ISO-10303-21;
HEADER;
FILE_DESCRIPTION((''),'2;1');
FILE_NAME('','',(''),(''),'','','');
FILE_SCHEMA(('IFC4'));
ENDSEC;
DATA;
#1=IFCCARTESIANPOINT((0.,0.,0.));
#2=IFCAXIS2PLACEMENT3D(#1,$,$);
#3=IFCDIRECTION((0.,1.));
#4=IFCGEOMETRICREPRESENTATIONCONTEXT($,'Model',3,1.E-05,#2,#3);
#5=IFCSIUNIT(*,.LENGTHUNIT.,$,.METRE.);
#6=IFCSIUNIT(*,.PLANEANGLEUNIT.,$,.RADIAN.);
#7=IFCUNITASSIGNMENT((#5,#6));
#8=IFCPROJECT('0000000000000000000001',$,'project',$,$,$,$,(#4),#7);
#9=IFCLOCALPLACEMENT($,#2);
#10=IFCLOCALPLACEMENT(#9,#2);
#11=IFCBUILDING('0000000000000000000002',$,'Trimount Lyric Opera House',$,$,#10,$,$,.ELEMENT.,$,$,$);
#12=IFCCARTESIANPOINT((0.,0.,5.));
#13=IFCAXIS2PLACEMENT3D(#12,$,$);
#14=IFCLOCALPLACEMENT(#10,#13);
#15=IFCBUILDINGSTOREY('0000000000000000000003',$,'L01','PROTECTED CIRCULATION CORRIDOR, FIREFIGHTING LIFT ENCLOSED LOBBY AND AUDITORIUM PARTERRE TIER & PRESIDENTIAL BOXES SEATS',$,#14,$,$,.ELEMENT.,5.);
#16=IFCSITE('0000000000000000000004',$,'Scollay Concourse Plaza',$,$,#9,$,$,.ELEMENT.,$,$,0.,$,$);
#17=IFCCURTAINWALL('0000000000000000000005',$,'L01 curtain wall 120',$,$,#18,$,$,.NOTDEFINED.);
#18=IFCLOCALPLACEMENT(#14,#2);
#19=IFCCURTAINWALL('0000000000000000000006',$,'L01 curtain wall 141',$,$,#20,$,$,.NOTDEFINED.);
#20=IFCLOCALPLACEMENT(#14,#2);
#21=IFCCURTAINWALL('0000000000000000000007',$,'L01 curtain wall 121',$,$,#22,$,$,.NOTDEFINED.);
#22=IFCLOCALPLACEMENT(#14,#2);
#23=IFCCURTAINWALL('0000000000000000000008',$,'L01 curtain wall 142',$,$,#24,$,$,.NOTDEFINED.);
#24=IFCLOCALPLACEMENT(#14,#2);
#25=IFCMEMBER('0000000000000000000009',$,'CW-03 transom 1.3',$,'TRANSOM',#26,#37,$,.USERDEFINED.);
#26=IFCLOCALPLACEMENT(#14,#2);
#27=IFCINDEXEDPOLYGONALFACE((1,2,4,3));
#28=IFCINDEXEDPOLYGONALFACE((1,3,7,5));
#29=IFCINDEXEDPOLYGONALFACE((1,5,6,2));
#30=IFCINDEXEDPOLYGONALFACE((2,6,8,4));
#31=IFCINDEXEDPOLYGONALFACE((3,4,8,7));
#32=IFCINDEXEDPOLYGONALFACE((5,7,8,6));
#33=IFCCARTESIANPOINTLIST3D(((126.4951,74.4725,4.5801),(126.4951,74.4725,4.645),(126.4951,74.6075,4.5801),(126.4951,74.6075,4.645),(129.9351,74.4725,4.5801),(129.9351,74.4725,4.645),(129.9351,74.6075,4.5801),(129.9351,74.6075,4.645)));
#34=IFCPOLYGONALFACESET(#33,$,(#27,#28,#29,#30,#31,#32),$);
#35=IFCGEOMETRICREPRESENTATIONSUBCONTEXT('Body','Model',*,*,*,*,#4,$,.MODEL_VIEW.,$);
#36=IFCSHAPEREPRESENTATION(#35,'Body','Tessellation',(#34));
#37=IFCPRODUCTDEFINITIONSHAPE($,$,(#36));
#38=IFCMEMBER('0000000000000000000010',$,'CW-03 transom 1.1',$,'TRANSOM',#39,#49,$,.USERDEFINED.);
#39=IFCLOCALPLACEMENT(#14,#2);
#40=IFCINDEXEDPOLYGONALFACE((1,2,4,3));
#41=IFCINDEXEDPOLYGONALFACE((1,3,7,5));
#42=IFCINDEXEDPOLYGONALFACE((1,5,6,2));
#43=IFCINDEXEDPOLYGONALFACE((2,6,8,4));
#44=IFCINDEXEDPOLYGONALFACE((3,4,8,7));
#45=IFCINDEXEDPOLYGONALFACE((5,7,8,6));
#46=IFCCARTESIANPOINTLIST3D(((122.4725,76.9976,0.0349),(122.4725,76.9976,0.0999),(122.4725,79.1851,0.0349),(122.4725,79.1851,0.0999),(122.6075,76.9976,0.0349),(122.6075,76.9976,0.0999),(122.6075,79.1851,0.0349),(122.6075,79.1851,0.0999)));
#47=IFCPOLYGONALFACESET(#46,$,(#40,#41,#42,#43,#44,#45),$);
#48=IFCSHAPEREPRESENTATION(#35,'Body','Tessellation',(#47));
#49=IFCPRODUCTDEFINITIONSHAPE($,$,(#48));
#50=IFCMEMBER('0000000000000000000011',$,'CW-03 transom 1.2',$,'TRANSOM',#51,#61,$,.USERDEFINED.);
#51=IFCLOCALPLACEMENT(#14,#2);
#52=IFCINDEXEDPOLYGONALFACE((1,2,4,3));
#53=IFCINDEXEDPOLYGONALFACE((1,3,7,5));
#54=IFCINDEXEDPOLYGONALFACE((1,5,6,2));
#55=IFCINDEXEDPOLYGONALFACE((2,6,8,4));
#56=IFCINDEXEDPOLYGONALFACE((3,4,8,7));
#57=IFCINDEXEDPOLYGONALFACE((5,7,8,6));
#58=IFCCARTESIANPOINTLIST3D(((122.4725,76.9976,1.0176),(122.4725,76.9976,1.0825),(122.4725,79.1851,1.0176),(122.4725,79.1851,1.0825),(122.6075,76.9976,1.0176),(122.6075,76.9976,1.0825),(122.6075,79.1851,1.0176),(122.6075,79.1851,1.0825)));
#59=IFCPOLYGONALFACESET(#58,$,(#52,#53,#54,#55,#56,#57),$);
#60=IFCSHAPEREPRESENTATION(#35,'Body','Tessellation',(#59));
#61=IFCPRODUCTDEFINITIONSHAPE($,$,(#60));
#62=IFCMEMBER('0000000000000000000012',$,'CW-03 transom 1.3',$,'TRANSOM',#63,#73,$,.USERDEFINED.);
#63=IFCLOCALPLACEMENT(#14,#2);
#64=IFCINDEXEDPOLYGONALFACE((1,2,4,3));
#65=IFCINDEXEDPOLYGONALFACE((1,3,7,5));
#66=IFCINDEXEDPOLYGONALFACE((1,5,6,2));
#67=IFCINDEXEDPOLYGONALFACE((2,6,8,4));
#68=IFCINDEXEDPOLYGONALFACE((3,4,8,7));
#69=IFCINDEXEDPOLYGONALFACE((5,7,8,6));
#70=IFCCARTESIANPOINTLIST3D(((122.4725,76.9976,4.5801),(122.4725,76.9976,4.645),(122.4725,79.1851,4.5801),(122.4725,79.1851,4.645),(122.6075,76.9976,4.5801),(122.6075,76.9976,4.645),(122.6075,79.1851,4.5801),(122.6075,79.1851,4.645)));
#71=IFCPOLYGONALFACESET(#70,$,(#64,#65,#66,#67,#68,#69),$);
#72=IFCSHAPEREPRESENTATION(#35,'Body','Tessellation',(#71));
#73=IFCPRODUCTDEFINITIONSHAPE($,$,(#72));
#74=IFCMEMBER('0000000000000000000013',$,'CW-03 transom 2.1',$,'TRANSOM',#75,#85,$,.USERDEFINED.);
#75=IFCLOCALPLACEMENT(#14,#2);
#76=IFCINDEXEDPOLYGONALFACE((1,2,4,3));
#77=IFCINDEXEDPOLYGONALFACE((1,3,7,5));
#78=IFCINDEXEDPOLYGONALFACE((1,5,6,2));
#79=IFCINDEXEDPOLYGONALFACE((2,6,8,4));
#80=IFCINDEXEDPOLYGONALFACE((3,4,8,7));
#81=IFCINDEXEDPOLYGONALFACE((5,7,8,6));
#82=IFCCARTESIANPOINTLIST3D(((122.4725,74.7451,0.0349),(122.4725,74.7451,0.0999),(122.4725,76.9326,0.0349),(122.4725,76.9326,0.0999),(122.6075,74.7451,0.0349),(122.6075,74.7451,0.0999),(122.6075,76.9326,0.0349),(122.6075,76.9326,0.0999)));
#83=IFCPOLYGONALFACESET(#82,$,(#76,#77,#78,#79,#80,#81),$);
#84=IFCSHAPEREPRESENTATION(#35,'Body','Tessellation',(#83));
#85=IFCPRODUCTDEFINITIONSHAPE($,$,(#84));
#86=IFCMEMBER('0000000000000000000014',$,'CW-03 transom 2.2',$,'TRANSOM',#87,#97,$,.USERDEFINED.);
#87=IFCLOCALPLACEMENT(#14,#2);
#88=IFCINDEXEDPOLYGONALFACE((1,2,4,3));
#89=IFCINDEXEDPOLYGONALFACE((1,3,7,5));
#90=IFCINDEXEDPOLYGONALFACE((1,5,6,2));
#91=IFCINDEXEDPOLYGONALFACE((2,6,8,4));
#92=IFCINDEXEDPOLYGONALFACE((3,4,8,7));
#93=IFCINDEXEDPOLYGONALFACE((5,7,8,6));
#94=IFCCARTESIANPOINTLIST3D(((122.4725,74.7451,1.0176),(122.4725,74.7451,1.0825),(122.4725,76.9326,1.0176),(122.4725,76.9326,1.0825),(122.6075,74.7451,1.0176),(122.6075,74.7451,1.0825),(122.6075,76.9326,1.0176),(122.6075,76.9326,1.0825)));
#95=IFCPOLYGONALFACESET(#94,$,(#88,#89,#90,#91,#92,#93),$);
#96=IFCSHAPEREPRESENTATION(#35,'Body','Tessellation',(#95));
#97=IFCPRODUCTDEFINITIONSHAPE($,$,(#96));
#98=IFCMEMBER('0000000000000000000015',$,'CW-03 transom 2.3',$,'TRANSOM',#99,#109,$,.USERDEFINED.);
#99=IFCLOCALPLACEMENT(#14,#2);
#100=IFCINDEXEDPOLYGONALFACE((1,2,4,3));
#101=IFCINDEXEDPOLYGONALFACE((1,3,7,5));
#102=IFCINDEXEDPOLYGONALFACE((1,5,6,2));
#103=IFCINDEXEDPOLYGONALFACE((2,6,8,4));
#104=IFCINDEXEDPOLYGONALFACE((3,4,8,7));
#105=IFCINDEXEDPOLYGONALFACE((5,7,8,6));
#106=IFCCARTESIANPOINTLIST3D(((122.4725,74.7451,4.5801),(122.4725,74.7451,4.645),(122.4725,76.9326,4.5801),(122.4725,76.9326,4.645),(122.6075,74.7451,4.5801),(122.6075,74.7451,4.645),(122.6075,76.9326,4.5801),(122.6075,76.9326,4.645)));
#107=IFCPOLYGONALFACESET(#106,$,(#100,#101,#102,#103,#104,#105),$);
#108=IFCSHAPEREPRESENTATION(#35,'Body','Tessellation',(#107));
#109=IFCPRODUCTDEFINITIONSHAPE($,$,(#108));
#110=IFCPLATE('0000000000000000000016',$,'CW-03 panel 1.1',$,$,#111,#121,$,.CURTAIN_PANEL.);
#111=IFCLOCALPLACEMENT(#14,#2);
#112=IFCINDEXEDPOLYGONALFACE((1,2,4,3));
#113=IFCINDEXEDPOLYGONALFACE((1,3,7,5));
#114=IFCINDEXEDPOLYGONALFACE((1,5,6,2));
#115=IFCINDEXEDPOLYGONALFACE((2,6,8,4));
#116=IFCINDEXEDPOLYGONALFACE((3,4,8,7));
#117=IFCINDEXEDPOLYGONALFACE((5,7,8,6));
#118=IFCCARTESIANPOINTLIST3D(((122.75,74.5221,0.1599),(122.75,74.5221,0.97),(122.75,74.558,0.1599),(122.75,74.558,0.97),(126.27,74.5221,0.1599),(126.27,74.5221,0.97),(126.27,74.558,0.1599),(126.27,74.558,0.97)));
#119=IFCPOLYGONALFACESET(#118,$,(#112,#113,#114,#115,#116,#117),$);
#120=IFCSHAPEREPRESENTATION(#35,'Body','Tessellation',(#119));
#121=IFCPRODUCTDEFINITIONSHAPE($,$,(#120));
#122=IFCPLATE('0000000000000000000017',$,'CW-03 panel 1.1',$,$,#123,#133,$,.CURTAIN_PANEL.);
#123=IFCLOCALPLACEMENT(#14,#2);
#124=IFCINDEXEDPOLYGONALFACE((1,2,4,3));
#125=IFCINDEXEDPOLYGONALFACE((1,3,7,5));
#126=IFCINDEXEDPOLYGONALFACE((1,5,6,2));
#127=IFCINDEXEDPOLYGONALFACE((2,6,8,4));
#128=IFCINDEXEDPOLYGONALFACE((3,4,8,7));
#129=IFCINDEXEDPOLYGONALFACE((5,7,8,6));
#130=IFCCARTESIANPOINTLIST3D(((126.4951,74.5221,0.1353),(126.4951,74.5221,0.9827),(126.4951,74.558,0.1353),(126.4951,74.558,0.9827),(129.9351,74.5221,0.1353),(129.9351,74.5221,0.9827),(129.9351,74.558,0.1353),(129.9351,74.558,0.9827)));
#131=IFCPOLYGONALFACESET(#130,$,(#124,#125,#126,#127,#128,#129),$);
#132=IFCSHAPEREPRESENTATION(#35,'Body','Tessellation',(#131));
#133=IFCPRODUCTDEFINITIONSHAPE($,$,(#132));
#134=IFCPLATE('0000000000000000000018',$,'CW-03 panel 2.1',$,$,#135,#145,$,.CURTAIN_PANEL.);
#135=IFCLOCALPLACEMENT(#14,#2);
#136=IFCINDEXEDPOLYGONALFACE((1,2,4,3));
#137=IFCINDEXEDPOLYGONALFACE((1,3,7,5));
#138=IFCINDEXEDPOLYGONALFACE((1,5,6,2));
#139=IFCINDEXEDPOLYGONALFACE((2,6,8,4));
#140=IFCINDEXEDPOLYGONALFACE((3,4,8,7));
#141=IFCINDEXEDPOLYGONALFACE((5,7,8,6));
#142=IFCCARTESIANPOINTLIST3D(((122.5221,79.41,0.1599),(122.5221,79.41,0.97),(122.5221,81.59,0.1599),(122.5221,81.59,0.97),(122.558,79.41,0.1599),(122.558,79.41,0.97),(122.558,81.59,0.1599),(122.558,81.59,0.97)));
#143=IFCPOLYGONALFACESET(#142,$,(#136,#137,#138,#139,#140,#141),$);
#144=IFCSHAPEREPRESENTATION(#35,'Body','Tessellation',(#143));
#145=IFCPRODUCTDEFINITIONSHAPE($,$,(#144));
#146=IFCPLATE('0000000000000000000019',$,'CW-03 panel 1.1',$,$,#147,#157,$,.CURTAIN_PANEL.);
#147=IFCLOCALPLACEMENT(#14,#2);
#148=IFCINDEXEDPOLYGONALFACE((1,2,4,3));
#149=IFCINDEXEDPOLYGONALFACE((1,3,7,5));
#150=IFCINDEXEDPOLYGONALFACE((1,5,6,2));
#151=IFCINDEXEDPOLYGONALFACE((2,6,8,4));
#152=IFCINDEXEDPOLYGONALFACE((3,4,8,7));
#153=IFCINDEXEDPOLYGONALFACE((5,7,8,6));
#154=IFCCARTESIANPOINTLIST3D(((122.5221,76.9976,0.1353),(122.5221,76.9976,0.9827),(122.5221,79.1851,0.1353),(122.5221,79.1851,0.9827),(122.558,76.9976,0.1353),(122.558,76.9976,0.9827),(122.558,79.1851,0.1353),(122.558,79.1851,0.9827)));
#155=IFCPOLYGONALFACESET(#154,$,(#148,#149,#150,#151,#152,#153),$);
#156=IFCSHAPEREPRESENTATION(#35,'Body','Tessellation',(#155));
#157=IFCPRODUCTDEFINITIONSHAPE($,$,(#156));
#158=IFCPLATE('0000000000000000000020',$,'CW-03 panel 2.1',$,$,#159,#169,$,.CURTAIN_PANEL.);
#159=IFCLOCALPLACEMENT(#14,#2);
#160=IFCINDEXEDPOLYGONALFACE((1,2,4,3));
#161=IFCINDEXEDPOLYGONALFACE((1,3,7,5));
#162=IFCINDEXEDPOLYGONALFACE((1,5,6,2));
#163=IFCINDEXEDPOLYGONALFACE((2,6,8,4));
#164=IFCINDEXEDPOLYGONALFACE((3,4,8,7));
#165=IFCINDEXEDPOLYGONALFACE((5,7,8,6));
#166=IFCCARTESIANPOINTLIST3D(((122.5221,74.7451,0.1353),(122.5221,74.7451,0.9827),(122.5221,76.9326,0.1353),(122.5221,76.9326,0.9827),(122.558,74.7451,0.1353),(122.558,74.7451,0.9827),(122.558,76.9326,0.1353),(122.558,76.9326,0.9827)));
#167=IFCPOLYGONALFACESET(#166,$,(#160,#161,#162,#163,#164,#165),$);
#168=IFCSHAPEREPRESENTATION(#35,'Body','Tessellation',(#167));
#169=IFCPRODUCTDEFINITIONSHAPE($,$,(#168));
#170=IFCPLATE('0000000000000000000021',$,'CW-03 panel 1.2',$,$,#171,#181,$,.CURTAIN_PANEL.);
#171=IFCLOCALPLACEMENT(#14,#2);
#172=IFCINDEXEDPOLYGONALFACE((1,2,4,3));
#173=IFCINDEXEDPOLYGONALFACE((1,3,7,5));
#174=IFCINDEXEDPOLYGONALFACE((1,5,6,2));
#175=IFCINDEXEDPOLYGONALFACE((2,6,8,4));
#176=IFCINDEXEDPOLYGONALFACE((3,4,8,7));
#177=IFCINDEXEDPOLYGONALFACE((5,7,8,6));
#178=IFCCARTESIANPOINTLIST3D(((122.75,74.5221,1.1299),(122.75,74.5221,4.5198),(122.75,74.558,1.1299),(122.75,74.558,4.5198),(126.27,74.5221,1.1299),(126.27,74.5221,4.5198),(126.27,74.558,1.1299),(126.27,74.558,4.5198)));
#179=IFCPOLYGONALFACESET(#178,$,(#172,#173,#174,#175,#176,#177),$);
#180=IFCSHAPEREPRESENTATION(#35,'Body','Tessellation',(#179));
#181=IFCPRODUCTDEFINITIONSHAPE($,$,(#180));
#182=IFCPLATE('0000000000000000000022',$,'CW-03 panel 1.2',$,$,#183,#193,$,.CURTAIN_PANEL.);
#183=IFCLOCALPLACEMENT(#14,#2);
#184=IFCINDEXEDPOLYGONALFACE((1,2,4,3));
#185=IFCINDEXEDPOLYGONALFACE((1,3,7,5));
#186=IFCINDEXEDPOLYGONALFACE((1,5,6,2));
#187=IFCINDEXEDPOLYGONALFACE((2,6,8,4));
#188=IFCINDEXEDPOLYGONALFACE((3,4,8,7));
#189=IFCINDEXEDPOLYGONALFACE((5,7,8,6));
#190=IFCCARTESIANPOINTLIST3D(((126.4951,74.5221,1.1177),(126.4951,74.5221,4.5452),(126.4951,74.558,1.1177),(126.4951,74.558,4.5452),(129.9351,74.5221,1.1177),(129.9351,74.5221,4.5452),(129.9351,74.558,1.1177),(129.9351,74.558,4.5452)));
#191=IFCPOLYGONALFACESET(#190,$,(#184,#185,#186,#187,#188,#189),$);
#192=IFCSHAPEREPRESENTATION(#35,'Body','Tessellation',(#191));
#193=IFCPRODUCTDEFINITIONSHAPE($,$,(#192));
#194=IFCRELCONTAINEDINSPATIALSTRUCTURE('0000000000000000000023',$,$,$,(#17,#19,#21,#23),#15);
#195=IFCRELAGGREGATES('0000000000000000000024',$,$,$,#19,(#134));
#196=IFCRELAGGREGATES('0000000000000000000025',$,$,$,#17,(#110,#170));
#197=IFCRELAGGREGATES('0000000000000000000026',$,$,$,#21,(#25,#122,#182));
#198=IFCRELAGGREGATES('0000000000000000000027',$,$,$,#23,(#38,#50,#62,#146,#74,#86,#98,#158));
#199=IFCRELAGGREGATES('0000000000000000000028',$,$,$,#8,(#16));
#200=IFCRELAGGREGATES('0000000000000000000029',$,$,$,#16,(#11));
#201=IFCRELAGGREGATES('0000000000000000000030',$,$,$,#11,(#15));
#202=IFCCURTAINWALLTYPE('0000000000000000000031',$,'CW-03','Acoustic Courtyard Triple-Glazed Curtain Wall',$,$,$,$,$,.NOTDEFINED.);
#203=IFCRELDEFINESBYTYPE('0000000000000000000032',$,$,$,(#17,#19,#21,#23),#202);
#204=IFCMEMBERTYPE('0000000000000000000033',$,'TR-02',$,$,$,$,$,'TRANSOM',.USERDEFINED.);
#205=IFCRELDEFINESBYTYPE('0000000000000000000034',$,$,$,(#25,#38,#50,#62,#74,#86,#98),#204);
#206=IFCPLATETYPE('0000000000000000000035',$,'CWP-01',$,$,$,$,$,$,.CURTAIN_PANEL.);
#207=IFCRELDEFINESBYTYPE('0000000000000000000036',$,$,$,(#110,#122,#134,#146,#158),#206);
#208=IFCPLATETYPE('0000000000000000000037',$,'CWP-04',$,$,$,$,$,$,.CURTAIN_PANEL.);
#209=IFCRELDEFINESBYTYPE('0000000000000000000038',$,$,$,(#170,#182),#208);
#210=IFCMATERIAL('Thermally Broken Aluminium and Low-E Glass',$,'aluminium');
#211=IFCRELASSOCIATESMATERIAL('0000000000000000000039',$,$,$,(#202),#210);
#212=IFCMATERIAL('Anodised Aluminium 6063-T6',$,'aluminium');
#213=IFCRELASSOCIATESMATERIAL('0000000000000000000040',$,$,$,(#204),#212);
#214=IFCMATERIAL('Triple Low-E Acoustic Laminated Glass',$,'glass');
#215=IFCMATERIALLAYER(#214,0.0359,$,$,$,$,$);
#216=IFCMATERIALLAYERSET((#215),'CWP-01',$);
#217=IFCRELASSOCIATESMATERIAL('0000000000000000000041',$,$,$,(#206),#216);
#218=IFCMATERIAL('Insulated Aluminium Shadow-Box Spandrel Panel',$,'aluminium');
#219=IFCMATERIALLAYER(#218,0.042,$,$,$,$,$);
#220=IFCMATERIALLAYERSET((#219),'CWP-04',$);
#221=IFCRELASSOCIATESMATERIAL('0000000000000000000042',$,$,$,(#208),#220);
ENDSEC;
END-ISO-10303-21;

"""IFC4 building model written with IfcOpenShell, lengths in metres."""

from ifc_helpers import new_model, si_unit, direction, frame, origin, origin_2d, place, context, subcontext, project, spatial, rectangle, extrude, material, layer, layer_set, material_profile, profile_set, type_object, element, aggregate, save


model = new_model("IFC4")

# Units and contexts
model_context = context("Model", 3, precision=1e-05, world=origin(), true_north=direction((0.0, 1.0)))
body_context = subcontext(model_context, "Body", "Model", "MODEL_VIEW")
ifc_project = project(units=[si_unit("LENGTHUNIT", "METRE"), si_unit("PLANEANGLEUNIT", "RADIAN")], contexts=[model_context])

# Site, building, storey
site_placement = place(None, origin())
site = spatial("IfcSite", under=ifc_project, at=site_placement, Name="Scollay Concourse Plaza", CompositionType="ELEMENT", RefElevation=0.0)
building_placement = place(site_placement, origin())
building = spatial("IfcBuilding", under=site, at=building_placement, Name="Trimount Lyric Opera House", CompositionType="ELEMENT")
storey_placement = place(building_placement, frame((0.0, 0.0, 5.0)))
storey = spatial("IfcBuildingStorey", under=building, at=storey_placement, Name="L01", Description="PROTECTED CIRCULATION CORRIDOR, FIREFIGHTING LIFT ENCLOSED LOBBY AND AUDITORIUM PARTERRE TIER & PRESIDENTIAL BOXES SEATS", CompositionType="ELEMENT", Elevation=5.0)

# Curtain wall
ifc_material_1 = material(Name="Thermally Broken Aluminium and Low-E Glass", Category="aluminium")
curtain_wall_type = type_object("IfcCurtainWallType", Name="CW-03", Description="Acoustic Courtyard Triple-Glazed Curtain Wall", PredefinedType="NOTDEFINED", material=ifc_material_1)
curtain_wall_1_placement = place(storey_placement, origin())
curtain_wall_1 = element("IfcCurtainWall", 1, at=curtain_wall_1_placement, inside=storey, type_object=curtain_wall_type, Name="L01 curtain wall 120", PredefinedType="NOTDEFINED")

# Curtain wall
curtain_wall_2_placement = place(storey_placement, origin())
curtain_wall_2 = element("IfcCurtainWall", 2, at=curtain_wall_2_placement, inside=storey, type_object=curtain_wall_type, Name="L01 curtain wall 141", PredefinedType="NOTDEFINED")

# Curtain walls
curtain_wall_3_placement = place(storey_placement, origin())
curtain_wall_3 = element("IfcCurtainWall", 3, at=curtain_wall_3_placement, inside=storey, type_object=curtain_wall_type, Name="L01 curtain wall 121", PredefinedType="NOTDEFINED")
curtain_wall_4_placement = place(storey_placement, origin())
curtain_wall_4 = element("IfcCurtainWall", 4, at=curtain_wall_4_placement, inside=storey, type_object=curtain_wall_type, Name="L01 curtain wall 142", PredefinedType="NOTDEFINED")

# Members
ifc_material_2 = material(Name="Anodised Aluminium 6063-T6", Category="aluminium")
ifc_material_profile_1 = material_profile(ifc_material_2, rectangle(XDim=0.135, YDim=0.0649, at=origin_2d()), Name="ALU-TRAN-65X135")
ifc_profile_set_1 = profile_set([ifc_material_profile_1], Name="Anodised Aluminium 6063-T6")
member_type_1 = type_object("IfcMemberType", Name="TR-02", ElementType="TRANSOM", PredefinedType="USERDEFINED", material=ifc_profile_set_1)
member_1_placement = place(storey_placement, frame((126.4951, 74.54, 4.6125), z_axis=(1.0, 0.0, 0.0), x_axis=(0.0, 1.0, 0.0)))
member_1 = element("IfcMember", 5, at=member_1_placement, type_object=member_type_1, Name="CW-03 transom 1.3", ObjectType="TRANSOM", PredefinedType="USERDEFINED", context=body_context, shape_type="SweptSolid", body=[
    extrude(rectangle(XDim=0.135, YDim=0.0649, at=origin_2d()), origin(), (0.0, 0.0, 1.0), 3.4399),
])
member_2_placement = place(storey_placement, frame((122.54, 79.1851, 0.0674), z_axis=(0.0, -1.0, 0.0), x_axis=(1.0, 0.0, 0.0)))
member_2 = element("IfcMember", 6, at=member_2_placement, type_object=member_type_1, Name="CW-03 transom 1.1", ObjectType="TRANSOM", PredefinedType="USERDEFINED", context=body_context, shape_type="SweptSolid", body=[
    extrude(rectangle(XDim=0.135, YDim=0.0649, at=origin_2d()), origin(), (0.0, 0.0, 1.0), 2.1875),
])
member_3_placement = place(storey_placement, frame((122.54, 79.1851, 1.05), z_axis=(0.0, -1.0, 0.0), x_axis=(1.0, 0.0, 0.0)))
member_3 = element("IfcMember", 7, at=member_3_placement, type_object=member_type_1, Name="CW-03 transom 1.2", ObjectType="TRANSOM", PredefinedType="USERDEFINED", context=body_context, shape_type="SweptSolid", body=[
    extrude(rectangle(XDim=0.135, YDim=0.0649, at=origin_2d()), origin(), (0.0, 0.0, 1.0), 2.1875),
])
member_4_placement = place(storey_placement, frame((122.54, 79.1851, 4.6125), z_axis=(0.0, -1.0, 0.0), x_axis=(1.0, 0.0, 0.0)))
member_4 = element("IfcMember", 8, at=member_4_placement, type_object=member_type_1, Name="CW-03 transom 1.3", ObjectType="TRANSOM", PredefinedType="USERDEFINED", context=body_context, shape_type="SweptSolid", body=[
    extrude(rectangle(XDim=0.135, YDim=0.0649, at=origin_2d()), origin(), (0.0, 0.0, 1.0), 2.1875),
])
member_5_placement = place(storey_placement, frame((122.54, 76.9326, 0.0674), z_axis=(0.0, -1.0, 0.0), x_axis=(1.0, 0.0, 0.0)))
member_5 = element("IfcMember", 9, at=member_5_placement, type_object=member_type_1, Name="CW-03 transom 2.1", ObjectType="TRANSOM", PredefinedType="USERDEFINED", context=body_context, shape_type="SweptSolid", body=[
    extrude(rectangle(XDim=0.135, YDim=0.0649, at=origin_2d()), origin(), (0.0, 0.0, 1.0), 2.1875),
])
member_6_placement = place(storey_placement, frame((122.54, 76.9326, 1.05), z_axis=(0.0, -1.0, 0.0), x_axis=(1.0, 0.0, 0.0)))
member_6 = element("IfcMember", 10, at=member_6_placement, type_object=member_type_1, Name="CW-03 transom 2.2", ObjectType="TRANSOM", PredefinedType="USERDEFINED", context=body_context, shape_type="SweptSolid", body=[
    extrude(rectangle(XDim=0.135, YDim=0.0649, at=origin_2d()), origin(), (0.0, 0.0, 1.0), 2.1875),
])
member_7_placement = place(storey_placement, frame((122.54, 76.9326, 4.6125), z_axis=(0.0, -1.0, 0.0), x_axis=(1.0, 0.0, 0.0)))
member_7 = element("IfcMember", 11, at=member_7_placement, type_object=member_type_1, Name="CW-03 transom 2.3", ObjectType="TRANSOM", PredefinedType="USERDEFINED", context=body_context, shape_type="SweptSolid", body=[
    extrude(rectangle(XDim=0.135, YDim=0.0649, at=origin_2d()), origin(), (0.0, 0.0, 1.0), 2.1875),
])

# Plates
ifc_material_3 = material(Name="Triple Low-E Acoustic Laminated Glass", Category="glass")
ifc_layer_1 = layer(ifc_material_3, 0.0359)
ifc_layer_set_1 = layer_set([ifc_layer_1], Name="CWP-01")
plate_type_1 = type_object("IfcPlateType", Name="CWP-01", PredefinedType="CURTAIN_PANEL", material=ifc_layer_set_1)
plate_1_placement = place(storey_placement, frame((124.51, 74.54, 0.1599), z_axis=(0.0, 0.0, 1.0), x_axis=(1.0, 0.0, 0.0)))
plate_1 = element("IfcPlate", 12, at=plate_1_placement, type_object=plate_type_1, Name="CW-03 panel 1.1", PredefinedType="CURTAIN_PANEL", context=body_context, shape_type="SweptSolid", body=[
    extrude(rectangle(XDim=3.52, YDim=0.0359, at=origin_2d()), origin(), (0.0, 0.0, 1.0), 0.8101),
])
plate_2_placement = place(storey_placement, frame((128.2151, 74.54, 0.1353), z_axis=(0.0, 0.0, 1.0), x_axis=(1.0, 0.0, 0.0)))
plate_2 = element("IfcPlate", 13, at=plate_2_placement, type_object=plate_type_1, Name="CW-03 panel 1.1", PredefinedType="CURTAIN_PANEL", context=body_context, shape_type="SweptSolid", body=[
    extrude(rectangle(XDim=3.4399, YDim=0.0359, at=origin_2d()), origin(), (0.0, 0.0, 1.0), 0.8474),
])
plate_3_placement = place(storey_placement, frame((122.54, 80.5, 0.1599), z_axis=(0.0, 0.0, 1.0), x_axis=(0.0, -1.0, 0.0)))
plate_3 = element("IfcPlate", 14, at=plate_3_placement, type_object=plate_type_1, Name="CW-03 panel 2.1", PredefinedType="CURTAIN_PANEL", context=body_context, shape_type="SweptSolid", body=[
    extrude(rectangle(XDim=2.1799, YDim=0.0359, at=origin_2d()), origin(), (0.0, 0.0, 1.0), 0.8101),
])
aggregate(curtain_wall_2, [plate_3])
plate_4_placement = place(storey_placement, frame((122.54, 78.0913, 0.1353), z_axis=(0.0, 0.0, 1.0), x_axis=(0.0, -1.0, 0.0)))
plate_4 = element("IfcPlate", 15, at=plate_4_placement, type_object=plate_type_1, Name="CW-03 panel 1.1", PredefinedType="CURTAIN_PANEL", context=body_context, shape_type="SweptSolid", body=[
    extrude(rectangle(XDim=2.1875, YDim=0.0359, at=origin_2d()), origin(), (0.0, 0.0, 1.0), 0.8474),
])
plate_5_placement = place(storey_placement, frame((122.54, 75.8389, 0.1353), z_axis=(0.0, 0.0, 1.0), x_axis=(0.0, -1.0, 0.0)))
plate_5 = element("IfcPlate", 16, at=plate_5_placement, type_object=plate_type_1, Name="CW-03 panel 2.1", PredefinedType="CURTAIN_PANEL", context=body_context, shape_type="SweptSolid", body=[
    extrude(rectangle(XDim=2.1875, YDim=0.0359, at=origin_2d()), origin(), (0.0, 0.0, 1.0), 0.8474),
])
ifc_material_4 = material(Name="Insulated Aluminium Shadow-Box Spandrel Panel", Category="aluminium")
ifc_layer_2 = layer(ifc_material_4, 0.042)
ifc_layer_set_2 = layer_set([ifc_layer_2], Name="CWP-04")
plate_type_2 = type_object("IfcPlateType", Name="CWP-04", PredefinedType="CURTAIN_PANEL", material=ifc_layer_set_2)
plate_6_placement = place(storey_placement, frame((124.51, 74.54, 1.1299), z_axis=(0.0, 0.0, 1.0), x_axis=(1.0, 0.0, 0.0)))
plate_6 = element("IfcPlate", 17, at=plate_6_placement, type_object=plate_type_2, Name="CW-03 panel 1.2", PredefinedType="CURTAIN_PANEL", context=body_context, shape_type="SweptSolid", body=[
    extrude(rectangle(XDim=3.52, YDim=0.0359, at=origin_2d()), origin(), (0.0, 0.0, 1.0), 3.3899),
])
aggregate(curtain_wall_1, [plate_1, plate_6])
plate_7_placement = place(storey_placement, frame((128.2151, 74.54, 1.1177), z_axis=(0.0, 0.0, 1.0), x_axis=(1.0, 0.0, 0.0)))
plate_7 = element("IfcPlate", 18, at=plate_7_placement, type_object=plate_type_2, Name="CW-03 panel 1.2", PredefinedType="CURTAIN_PANEL", context=body_context, shape_type="SweptSolid", body=[
    extrude(rectangle(XDim=3.4399, YDim=0.0359, at=origin_2d()), origin(), (0.0, 0.0, 1.0), 3.4275),
])
aggregate(curtain_wall_3, [member_1, plate_2, plate_7])
aggregate(curtain_wall_4, [member_2, member_3, member_4, plate_4, member_5, member_6, member_7, plate_5])

save(model, "model.ifc")
